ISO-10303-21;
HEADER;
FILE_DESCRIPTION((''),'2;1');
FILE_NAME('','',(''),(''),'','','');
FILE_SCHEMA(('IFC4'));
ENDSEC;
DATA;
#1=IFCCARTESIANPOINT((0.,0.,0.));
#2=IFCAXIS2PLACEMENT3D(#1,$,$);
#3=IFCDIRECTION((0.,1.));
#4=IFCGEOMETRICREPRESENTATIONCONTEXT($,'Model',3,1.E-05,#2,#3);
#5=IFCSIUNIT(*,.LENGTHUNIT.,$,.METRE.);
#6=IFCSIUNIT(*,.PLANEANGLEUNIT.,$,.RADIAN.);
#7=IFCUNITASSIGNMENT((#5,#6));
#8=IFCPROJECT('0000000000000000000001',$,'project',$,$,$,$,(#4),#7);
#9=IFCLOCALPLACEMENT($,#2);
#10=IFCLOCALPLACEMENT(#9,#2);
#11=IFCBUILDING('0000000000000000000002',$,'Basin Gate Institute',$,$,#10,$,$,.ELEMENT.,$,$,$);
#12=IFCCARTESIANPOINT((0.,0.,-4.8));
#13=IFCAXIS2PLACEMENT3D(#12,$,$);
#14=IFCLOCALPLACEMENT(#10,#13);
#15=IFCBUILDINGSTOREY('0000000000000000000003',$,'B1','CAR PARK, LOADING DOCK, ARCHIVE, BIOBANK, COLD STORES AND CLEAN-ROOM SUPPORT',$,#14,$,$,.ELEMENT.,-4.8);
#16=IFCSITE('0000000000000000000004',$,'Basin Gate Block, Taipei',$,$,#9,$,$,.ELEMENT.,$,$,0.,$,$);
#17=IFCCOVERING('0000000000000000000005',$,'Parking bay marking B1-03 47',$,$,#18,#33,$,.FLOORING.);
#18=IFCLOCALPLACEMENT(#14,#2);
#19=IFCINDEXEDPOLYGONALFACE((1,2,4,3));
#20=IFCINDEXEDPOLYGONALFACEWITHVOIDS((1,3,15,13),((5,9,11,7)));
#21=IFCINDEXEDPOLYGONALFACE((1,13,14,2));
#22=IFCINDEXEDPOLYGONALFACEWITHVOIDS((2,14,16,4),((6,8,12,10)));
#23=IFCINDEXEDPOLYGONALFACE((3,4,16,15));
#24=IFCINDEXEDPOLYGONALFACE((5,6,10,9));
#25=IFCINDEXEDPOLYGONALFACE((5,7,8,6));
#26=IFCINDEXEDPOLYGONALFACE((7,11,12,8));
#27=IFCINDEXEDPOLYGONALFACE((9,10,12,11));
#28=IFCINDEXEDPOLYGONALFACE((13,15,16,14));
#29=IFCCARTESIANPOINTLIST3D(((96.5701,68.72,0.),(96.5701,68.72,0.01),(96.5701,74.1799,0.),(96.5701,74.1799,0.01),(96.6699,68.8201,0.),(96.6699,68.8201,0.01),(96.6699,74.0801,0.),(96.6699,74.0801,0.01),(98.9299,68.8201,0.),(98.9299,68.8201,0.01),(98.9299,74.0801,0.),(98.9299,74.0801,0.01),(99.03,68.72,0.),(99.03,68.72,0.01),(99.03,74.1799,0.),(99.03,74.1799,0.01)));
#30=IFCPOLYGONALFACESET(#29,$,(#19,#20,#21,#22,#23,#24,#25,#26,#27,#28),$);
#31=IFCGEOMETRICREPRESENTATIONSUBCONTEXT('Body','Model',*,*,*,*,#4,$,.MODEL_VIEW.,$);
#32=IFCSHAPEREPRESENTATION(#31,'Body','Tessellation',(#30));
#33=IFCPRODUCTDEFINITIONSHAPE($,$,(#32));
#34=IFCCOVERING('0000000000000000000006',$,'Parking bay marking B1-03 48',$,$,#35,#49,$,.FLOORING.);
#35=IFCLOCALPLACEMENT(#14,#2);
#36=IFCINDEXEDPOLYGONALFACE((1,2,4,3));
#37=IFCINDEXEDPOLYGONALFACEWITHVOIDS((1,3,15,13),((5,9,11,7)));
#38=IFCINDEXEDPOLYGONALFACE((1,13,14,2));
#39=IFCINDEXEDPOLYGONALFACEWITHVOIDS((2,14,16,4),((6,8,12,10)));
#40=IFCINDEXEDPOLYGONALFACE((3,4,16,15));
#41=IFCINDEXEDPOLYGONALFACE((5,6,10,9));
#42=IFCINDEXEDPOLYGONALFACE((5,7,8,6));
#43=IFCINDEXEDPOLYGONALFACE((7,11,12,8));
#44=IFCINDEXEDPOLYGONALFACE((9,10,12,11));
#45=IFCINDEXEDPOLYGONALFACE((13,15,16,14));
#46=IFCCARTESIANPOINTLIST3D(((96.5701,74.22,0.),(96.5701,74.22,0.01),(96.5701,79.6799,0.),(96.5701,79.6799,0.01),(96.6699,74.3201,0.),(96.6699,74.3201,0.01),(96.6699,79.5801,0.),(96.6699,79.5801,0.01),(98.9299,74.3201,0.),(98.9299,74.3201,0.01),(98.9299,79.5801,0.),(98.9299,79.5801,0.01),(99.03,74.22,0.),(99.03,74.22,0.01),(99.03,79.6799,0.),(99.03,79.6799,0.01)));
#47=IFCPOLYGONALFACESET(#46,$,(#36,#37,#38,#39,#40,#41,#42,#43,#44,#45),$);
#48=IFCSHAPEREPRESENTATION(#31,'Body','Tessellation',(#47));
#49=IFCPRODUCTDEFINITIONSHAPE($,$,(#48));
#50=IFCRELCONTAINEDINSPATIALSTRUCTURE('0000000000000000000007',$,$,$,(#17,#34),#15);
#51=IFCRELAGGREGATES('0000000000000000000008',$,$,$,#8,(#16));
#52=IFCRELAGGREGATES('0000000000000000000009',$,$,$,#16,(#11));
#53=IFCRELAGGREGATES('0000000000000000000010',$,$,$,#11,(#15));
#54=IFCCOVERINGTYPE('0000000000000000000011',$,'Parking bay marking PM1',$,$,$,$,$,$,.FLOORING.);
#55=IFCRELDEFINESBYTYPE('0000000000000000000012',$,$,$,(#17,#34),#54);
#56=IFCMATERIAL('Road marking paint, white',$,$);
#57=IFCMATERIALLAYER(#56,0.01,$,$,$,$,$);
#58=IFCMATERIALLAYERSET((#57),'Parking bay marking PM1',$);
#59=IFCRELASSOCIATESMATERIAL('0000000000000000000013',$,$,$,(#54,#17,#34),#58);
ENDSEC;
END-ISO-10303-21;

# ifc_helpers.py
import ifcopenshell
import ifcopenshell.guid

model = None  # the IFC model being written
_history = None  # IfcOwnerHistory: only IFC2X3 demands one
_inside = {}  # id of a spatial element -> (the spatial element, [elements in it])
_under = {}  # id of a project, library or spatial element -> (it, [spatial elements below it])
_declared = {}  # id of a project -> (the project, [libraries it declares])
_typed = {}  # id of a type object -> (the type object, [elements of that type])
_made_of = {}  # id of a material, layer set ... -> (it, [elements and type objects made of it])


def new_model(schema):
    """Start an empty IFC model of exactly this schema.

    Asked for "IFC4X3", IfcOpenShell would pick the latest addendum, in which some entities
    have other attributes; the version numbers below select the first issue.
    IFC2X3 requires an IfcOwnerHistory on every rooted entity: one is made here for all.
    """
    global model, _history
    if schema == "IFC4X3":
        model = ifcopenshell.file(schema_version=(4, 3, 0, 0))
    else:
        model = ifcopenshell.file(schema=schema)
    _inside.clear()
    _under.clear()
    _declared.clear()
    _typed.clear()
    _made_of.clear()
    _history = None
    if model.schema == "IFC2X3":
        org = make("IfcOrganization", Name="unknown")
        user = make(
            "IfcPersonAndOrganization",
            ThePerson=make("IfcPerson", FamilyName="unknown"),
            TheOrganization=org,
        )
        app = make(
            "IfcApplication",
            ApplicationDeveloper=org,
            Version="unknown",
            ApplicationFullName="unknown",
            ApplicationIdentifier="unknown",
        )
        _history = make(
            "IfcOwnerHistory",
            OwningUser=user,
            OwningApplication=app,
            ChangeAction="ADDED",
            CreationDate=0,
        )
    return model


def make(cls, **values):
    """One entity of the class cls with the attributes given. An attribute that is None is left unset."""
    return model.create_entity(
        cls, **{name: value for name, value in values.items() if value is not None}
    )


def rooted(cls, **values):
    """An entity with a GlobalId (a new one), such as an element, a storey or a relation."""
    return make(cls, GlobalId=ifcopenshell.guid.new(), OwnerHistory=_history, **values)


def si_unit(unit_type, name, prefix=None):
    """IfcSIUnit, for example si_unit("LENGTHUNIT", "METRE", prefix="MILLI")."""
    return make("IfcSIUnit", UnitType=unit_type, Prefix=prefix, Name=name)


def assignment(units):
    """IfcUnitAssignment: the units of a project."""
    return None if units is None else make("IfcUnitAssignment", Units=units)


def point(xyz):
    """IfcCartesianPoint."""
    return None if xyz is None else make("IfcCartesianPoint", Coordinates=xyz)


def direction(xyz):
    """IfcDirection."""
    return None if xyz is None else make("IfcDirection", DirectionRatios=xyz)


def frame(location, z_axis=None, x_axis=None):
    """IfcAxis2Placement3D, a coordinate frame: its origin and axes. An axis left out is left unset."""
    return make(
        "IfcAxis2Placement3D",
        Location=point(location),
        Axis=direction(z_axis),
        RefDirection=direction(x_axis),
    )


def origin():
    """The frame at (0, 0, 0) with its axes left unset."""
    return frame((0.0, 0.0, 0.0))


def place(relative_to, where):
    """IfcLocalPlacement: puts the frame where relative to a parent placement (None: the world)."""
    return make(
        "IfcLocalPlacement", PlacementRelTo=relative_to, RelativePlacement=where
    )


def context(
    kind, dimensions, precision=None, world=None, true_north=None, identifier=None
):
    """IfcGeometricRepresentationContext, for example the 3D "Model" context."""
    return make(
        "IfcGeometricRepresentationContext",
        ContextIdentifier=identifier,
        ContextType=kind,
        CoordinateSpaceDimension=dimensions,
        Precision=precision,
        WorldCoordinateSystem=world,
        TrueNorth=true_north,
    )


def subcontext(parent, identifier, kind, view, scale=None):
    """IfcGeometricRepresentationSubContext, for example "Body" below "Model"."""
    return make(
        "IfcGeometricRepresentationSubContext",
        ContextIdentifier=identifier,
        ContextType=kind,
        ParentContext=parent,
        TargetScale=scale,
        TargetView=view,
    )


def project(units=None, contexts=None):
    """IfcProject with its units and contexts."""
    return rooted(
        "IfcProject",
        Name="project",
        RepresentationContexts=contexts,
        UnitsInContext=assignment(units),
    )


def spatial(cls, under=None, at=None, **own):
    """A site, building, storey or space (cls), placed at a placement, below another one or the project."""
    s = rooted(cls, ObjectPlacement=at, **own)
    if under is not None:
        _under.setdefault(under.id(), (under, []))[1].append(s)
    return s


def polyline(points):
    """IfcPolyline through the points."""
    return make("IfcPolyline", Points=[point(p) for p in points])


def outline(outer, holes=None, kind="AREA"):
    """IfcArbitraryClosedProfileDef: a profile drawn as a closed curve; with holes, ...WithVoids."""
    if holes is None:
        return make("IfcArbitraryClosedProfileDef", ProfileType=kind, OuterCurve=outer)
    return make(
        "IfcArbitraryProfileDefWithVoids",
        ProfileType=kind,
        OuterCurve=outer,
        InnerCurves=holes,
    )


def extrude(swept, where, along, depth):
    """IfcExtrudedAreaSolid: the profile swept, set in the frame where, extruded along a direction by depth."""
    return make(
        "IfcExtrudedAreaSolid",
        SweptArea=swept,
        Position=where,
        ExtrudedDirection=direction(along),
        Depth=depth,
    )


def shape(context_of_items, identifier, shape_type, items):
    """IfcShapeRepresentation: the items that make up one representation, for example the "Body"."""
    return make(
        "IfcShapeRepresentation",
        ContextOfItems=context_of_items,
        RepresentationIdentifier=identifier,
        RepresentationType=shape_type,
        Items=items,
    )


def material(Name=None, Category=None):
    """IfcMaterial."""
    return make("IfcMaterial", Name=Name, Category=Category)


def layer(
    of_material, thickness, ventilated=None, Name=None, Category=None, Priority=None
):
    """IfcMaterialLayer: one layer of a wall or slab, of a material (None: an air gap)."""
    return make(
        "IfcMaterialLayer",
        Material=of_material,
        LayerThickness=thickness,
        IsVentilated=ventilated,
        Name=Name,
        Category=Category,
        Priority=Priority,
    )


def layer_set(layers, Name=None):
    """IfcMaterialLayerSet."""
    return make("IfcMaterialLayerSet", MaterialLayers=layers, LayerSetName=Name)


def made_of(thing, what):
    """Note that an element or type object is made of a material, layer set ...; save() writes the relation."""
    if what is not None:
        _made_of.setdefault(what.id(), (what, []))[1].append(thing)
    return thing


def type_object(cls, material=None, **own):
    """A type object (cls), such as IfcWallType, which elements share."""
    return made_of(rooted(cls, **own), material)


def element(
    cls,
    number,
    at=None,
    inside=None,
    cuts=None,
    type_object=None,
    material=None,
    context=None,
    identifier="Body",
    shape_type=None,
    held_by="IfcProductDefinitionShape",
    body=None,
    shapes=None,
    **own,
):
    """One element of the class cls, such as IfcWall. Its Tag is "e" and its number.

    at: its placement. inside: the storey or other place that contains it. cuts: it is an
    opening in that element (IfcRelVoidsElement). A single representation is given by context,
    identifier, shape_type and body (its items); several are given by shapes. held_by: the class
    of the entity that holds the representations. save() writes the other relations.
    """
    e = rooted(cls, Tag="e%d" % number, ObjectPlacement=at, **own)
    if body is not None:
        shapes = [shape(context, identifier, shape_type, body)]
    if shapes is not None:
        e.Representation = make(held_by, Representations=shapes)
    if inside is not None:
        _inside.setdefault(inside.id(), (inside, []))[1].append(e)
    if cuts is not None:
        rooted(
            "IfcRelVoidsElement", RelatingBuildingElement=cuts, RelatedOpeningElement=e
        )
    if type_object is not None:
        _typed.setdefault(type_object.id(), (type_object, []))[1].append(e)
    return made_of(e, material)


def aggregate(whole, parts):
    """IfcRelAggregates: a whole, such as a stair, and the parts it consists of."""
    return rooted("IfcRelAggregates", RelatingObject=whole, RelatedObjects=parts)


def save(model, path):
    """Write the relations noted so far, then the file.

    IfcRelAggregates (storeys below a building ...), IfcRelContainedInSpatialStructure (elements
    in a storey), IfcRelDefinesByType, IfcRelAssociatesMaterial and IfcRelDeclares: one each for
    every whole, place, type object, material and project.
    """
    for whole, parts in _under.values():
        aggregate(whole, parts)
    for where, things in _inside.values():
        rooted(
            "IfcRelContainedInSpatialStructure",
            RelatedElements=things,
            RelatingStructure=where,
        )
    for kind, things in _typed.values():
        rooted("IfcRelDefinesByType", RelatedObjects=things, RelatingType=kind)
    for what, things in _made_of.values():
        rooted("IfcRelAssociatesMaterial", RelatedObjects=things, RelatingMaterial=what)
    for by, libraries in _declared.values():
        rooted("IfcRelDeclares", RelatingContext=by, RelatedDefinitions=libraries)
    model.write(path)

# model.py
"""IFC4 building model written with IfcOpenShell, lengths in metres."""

from ifc_helpers import new_model, si_unit, direction, frame, origin, place, context, subcontext, project, spatial, polyline, outline, extrude, material, layer, layer_set, type_object, element, save


model = new_model("IFC4")

# Units and contexts
model_context = context("Model", 3, precision=1e-05, world=origin(), true_north=direction((0.0, 1.0)))
body_context = subcontext(model_context, "Body", "Model", "MODEL_VIEW")
ifc_project = project(units=[si_unit("LENGTHUNIT", "METRE"), si_unit("PLANEANGLEUNIT", "RADIAN")], contexts=[model_context])

# Site, building, storey
site_placement = place(None, origin())
site = spatial("IfcSite", under=ifc_project, at=site_placement, Name="Basin Gate Block, Taipei", CompositionType="ELEMENT", RefElevation=0.0)
building_placement = place(site_placement, origin())
building = spatial("IfcBuilding", under=site, at=building_placement, Name="Basin Gate Institute", CompositionType="ELEMENT")
storey_placement = place(building_placement, frame((0.0, 0.0, -4.8)))
storey = spatial("IfcBuildingStorey", under=building, at=storey_placement, Name="B1", Description="CAR PARK, LOADING DOCK, ARCHIVE, BIOBANK, COLD STORES AND CLEAN-ROOM SUPPORT", CompositionType="ELEMENT", Elevation=-4.8)

# Coverings
ifc_material_1 = material(Name="Road marking paint, white")
ifc_layer_1 = layer(ifc_material_1, 0.01)
ifc_layer_set_1 = layer_set([ifc_layer_1], Name="Parking bay marking PM1")
covering_type_1 = type_object("IfcCoveringType", Name="Parking bay marking PM1", PredefinedType="FLOORING", material=ifc_layer_set_1)
covering_1_placement = place(storey_placement, origin())
element("IfcCovering", 1, at=covering_1_placement, inside=storey, type_object=covering_type_1, material=ifc_layer_set_1, Name="Parking bay marking B1-03 47", PredefinedType="FLOORING", context=body_context, shape_type="SweptSolid", body=[
    extrude(outline(polyline([(96.5701, 68.72), (99.03, 68.72), (99.03, 74.1799), (96.5701, 74.1799), (96.5701, 68.72)]), holes=[polyline([(96.6699, 68.8201), (98.9299, 68.8201), (98.9299, 74.0801), (96.6699, 74.0801), (96.6699, 68.8201)])]), origin(), (0.0, 0.0, 1.0), 0.01),
])
covering_2_placement = place(storey_placement, origin())
element("IfcCovering", 2, at=covering_2_placement, inside=storey, type_object=covering_type_1, material=ifc_layer_set_1, Name="Parking bay marking B1-03 48", PredefinedType="FLOORING", context=body_context, shape_type="SweptSolid", body=[
    extrude(outline(polyline([(96.5701, 74.22), (99.03, 74.22), (99.03, 79.6799), (96.5701, 79.6799), (96.5701, 74.22)]), holes=[polyline([(96.6699, 74.3201), (98.9299, 74.3201), (98.9299, 79.5801), (96.6699, 79.5801), (96.6699, 74.3201)])]), origin(), (0.0, 0.0, 1.0), 0.01),
])

save(model, "model.ifc")
